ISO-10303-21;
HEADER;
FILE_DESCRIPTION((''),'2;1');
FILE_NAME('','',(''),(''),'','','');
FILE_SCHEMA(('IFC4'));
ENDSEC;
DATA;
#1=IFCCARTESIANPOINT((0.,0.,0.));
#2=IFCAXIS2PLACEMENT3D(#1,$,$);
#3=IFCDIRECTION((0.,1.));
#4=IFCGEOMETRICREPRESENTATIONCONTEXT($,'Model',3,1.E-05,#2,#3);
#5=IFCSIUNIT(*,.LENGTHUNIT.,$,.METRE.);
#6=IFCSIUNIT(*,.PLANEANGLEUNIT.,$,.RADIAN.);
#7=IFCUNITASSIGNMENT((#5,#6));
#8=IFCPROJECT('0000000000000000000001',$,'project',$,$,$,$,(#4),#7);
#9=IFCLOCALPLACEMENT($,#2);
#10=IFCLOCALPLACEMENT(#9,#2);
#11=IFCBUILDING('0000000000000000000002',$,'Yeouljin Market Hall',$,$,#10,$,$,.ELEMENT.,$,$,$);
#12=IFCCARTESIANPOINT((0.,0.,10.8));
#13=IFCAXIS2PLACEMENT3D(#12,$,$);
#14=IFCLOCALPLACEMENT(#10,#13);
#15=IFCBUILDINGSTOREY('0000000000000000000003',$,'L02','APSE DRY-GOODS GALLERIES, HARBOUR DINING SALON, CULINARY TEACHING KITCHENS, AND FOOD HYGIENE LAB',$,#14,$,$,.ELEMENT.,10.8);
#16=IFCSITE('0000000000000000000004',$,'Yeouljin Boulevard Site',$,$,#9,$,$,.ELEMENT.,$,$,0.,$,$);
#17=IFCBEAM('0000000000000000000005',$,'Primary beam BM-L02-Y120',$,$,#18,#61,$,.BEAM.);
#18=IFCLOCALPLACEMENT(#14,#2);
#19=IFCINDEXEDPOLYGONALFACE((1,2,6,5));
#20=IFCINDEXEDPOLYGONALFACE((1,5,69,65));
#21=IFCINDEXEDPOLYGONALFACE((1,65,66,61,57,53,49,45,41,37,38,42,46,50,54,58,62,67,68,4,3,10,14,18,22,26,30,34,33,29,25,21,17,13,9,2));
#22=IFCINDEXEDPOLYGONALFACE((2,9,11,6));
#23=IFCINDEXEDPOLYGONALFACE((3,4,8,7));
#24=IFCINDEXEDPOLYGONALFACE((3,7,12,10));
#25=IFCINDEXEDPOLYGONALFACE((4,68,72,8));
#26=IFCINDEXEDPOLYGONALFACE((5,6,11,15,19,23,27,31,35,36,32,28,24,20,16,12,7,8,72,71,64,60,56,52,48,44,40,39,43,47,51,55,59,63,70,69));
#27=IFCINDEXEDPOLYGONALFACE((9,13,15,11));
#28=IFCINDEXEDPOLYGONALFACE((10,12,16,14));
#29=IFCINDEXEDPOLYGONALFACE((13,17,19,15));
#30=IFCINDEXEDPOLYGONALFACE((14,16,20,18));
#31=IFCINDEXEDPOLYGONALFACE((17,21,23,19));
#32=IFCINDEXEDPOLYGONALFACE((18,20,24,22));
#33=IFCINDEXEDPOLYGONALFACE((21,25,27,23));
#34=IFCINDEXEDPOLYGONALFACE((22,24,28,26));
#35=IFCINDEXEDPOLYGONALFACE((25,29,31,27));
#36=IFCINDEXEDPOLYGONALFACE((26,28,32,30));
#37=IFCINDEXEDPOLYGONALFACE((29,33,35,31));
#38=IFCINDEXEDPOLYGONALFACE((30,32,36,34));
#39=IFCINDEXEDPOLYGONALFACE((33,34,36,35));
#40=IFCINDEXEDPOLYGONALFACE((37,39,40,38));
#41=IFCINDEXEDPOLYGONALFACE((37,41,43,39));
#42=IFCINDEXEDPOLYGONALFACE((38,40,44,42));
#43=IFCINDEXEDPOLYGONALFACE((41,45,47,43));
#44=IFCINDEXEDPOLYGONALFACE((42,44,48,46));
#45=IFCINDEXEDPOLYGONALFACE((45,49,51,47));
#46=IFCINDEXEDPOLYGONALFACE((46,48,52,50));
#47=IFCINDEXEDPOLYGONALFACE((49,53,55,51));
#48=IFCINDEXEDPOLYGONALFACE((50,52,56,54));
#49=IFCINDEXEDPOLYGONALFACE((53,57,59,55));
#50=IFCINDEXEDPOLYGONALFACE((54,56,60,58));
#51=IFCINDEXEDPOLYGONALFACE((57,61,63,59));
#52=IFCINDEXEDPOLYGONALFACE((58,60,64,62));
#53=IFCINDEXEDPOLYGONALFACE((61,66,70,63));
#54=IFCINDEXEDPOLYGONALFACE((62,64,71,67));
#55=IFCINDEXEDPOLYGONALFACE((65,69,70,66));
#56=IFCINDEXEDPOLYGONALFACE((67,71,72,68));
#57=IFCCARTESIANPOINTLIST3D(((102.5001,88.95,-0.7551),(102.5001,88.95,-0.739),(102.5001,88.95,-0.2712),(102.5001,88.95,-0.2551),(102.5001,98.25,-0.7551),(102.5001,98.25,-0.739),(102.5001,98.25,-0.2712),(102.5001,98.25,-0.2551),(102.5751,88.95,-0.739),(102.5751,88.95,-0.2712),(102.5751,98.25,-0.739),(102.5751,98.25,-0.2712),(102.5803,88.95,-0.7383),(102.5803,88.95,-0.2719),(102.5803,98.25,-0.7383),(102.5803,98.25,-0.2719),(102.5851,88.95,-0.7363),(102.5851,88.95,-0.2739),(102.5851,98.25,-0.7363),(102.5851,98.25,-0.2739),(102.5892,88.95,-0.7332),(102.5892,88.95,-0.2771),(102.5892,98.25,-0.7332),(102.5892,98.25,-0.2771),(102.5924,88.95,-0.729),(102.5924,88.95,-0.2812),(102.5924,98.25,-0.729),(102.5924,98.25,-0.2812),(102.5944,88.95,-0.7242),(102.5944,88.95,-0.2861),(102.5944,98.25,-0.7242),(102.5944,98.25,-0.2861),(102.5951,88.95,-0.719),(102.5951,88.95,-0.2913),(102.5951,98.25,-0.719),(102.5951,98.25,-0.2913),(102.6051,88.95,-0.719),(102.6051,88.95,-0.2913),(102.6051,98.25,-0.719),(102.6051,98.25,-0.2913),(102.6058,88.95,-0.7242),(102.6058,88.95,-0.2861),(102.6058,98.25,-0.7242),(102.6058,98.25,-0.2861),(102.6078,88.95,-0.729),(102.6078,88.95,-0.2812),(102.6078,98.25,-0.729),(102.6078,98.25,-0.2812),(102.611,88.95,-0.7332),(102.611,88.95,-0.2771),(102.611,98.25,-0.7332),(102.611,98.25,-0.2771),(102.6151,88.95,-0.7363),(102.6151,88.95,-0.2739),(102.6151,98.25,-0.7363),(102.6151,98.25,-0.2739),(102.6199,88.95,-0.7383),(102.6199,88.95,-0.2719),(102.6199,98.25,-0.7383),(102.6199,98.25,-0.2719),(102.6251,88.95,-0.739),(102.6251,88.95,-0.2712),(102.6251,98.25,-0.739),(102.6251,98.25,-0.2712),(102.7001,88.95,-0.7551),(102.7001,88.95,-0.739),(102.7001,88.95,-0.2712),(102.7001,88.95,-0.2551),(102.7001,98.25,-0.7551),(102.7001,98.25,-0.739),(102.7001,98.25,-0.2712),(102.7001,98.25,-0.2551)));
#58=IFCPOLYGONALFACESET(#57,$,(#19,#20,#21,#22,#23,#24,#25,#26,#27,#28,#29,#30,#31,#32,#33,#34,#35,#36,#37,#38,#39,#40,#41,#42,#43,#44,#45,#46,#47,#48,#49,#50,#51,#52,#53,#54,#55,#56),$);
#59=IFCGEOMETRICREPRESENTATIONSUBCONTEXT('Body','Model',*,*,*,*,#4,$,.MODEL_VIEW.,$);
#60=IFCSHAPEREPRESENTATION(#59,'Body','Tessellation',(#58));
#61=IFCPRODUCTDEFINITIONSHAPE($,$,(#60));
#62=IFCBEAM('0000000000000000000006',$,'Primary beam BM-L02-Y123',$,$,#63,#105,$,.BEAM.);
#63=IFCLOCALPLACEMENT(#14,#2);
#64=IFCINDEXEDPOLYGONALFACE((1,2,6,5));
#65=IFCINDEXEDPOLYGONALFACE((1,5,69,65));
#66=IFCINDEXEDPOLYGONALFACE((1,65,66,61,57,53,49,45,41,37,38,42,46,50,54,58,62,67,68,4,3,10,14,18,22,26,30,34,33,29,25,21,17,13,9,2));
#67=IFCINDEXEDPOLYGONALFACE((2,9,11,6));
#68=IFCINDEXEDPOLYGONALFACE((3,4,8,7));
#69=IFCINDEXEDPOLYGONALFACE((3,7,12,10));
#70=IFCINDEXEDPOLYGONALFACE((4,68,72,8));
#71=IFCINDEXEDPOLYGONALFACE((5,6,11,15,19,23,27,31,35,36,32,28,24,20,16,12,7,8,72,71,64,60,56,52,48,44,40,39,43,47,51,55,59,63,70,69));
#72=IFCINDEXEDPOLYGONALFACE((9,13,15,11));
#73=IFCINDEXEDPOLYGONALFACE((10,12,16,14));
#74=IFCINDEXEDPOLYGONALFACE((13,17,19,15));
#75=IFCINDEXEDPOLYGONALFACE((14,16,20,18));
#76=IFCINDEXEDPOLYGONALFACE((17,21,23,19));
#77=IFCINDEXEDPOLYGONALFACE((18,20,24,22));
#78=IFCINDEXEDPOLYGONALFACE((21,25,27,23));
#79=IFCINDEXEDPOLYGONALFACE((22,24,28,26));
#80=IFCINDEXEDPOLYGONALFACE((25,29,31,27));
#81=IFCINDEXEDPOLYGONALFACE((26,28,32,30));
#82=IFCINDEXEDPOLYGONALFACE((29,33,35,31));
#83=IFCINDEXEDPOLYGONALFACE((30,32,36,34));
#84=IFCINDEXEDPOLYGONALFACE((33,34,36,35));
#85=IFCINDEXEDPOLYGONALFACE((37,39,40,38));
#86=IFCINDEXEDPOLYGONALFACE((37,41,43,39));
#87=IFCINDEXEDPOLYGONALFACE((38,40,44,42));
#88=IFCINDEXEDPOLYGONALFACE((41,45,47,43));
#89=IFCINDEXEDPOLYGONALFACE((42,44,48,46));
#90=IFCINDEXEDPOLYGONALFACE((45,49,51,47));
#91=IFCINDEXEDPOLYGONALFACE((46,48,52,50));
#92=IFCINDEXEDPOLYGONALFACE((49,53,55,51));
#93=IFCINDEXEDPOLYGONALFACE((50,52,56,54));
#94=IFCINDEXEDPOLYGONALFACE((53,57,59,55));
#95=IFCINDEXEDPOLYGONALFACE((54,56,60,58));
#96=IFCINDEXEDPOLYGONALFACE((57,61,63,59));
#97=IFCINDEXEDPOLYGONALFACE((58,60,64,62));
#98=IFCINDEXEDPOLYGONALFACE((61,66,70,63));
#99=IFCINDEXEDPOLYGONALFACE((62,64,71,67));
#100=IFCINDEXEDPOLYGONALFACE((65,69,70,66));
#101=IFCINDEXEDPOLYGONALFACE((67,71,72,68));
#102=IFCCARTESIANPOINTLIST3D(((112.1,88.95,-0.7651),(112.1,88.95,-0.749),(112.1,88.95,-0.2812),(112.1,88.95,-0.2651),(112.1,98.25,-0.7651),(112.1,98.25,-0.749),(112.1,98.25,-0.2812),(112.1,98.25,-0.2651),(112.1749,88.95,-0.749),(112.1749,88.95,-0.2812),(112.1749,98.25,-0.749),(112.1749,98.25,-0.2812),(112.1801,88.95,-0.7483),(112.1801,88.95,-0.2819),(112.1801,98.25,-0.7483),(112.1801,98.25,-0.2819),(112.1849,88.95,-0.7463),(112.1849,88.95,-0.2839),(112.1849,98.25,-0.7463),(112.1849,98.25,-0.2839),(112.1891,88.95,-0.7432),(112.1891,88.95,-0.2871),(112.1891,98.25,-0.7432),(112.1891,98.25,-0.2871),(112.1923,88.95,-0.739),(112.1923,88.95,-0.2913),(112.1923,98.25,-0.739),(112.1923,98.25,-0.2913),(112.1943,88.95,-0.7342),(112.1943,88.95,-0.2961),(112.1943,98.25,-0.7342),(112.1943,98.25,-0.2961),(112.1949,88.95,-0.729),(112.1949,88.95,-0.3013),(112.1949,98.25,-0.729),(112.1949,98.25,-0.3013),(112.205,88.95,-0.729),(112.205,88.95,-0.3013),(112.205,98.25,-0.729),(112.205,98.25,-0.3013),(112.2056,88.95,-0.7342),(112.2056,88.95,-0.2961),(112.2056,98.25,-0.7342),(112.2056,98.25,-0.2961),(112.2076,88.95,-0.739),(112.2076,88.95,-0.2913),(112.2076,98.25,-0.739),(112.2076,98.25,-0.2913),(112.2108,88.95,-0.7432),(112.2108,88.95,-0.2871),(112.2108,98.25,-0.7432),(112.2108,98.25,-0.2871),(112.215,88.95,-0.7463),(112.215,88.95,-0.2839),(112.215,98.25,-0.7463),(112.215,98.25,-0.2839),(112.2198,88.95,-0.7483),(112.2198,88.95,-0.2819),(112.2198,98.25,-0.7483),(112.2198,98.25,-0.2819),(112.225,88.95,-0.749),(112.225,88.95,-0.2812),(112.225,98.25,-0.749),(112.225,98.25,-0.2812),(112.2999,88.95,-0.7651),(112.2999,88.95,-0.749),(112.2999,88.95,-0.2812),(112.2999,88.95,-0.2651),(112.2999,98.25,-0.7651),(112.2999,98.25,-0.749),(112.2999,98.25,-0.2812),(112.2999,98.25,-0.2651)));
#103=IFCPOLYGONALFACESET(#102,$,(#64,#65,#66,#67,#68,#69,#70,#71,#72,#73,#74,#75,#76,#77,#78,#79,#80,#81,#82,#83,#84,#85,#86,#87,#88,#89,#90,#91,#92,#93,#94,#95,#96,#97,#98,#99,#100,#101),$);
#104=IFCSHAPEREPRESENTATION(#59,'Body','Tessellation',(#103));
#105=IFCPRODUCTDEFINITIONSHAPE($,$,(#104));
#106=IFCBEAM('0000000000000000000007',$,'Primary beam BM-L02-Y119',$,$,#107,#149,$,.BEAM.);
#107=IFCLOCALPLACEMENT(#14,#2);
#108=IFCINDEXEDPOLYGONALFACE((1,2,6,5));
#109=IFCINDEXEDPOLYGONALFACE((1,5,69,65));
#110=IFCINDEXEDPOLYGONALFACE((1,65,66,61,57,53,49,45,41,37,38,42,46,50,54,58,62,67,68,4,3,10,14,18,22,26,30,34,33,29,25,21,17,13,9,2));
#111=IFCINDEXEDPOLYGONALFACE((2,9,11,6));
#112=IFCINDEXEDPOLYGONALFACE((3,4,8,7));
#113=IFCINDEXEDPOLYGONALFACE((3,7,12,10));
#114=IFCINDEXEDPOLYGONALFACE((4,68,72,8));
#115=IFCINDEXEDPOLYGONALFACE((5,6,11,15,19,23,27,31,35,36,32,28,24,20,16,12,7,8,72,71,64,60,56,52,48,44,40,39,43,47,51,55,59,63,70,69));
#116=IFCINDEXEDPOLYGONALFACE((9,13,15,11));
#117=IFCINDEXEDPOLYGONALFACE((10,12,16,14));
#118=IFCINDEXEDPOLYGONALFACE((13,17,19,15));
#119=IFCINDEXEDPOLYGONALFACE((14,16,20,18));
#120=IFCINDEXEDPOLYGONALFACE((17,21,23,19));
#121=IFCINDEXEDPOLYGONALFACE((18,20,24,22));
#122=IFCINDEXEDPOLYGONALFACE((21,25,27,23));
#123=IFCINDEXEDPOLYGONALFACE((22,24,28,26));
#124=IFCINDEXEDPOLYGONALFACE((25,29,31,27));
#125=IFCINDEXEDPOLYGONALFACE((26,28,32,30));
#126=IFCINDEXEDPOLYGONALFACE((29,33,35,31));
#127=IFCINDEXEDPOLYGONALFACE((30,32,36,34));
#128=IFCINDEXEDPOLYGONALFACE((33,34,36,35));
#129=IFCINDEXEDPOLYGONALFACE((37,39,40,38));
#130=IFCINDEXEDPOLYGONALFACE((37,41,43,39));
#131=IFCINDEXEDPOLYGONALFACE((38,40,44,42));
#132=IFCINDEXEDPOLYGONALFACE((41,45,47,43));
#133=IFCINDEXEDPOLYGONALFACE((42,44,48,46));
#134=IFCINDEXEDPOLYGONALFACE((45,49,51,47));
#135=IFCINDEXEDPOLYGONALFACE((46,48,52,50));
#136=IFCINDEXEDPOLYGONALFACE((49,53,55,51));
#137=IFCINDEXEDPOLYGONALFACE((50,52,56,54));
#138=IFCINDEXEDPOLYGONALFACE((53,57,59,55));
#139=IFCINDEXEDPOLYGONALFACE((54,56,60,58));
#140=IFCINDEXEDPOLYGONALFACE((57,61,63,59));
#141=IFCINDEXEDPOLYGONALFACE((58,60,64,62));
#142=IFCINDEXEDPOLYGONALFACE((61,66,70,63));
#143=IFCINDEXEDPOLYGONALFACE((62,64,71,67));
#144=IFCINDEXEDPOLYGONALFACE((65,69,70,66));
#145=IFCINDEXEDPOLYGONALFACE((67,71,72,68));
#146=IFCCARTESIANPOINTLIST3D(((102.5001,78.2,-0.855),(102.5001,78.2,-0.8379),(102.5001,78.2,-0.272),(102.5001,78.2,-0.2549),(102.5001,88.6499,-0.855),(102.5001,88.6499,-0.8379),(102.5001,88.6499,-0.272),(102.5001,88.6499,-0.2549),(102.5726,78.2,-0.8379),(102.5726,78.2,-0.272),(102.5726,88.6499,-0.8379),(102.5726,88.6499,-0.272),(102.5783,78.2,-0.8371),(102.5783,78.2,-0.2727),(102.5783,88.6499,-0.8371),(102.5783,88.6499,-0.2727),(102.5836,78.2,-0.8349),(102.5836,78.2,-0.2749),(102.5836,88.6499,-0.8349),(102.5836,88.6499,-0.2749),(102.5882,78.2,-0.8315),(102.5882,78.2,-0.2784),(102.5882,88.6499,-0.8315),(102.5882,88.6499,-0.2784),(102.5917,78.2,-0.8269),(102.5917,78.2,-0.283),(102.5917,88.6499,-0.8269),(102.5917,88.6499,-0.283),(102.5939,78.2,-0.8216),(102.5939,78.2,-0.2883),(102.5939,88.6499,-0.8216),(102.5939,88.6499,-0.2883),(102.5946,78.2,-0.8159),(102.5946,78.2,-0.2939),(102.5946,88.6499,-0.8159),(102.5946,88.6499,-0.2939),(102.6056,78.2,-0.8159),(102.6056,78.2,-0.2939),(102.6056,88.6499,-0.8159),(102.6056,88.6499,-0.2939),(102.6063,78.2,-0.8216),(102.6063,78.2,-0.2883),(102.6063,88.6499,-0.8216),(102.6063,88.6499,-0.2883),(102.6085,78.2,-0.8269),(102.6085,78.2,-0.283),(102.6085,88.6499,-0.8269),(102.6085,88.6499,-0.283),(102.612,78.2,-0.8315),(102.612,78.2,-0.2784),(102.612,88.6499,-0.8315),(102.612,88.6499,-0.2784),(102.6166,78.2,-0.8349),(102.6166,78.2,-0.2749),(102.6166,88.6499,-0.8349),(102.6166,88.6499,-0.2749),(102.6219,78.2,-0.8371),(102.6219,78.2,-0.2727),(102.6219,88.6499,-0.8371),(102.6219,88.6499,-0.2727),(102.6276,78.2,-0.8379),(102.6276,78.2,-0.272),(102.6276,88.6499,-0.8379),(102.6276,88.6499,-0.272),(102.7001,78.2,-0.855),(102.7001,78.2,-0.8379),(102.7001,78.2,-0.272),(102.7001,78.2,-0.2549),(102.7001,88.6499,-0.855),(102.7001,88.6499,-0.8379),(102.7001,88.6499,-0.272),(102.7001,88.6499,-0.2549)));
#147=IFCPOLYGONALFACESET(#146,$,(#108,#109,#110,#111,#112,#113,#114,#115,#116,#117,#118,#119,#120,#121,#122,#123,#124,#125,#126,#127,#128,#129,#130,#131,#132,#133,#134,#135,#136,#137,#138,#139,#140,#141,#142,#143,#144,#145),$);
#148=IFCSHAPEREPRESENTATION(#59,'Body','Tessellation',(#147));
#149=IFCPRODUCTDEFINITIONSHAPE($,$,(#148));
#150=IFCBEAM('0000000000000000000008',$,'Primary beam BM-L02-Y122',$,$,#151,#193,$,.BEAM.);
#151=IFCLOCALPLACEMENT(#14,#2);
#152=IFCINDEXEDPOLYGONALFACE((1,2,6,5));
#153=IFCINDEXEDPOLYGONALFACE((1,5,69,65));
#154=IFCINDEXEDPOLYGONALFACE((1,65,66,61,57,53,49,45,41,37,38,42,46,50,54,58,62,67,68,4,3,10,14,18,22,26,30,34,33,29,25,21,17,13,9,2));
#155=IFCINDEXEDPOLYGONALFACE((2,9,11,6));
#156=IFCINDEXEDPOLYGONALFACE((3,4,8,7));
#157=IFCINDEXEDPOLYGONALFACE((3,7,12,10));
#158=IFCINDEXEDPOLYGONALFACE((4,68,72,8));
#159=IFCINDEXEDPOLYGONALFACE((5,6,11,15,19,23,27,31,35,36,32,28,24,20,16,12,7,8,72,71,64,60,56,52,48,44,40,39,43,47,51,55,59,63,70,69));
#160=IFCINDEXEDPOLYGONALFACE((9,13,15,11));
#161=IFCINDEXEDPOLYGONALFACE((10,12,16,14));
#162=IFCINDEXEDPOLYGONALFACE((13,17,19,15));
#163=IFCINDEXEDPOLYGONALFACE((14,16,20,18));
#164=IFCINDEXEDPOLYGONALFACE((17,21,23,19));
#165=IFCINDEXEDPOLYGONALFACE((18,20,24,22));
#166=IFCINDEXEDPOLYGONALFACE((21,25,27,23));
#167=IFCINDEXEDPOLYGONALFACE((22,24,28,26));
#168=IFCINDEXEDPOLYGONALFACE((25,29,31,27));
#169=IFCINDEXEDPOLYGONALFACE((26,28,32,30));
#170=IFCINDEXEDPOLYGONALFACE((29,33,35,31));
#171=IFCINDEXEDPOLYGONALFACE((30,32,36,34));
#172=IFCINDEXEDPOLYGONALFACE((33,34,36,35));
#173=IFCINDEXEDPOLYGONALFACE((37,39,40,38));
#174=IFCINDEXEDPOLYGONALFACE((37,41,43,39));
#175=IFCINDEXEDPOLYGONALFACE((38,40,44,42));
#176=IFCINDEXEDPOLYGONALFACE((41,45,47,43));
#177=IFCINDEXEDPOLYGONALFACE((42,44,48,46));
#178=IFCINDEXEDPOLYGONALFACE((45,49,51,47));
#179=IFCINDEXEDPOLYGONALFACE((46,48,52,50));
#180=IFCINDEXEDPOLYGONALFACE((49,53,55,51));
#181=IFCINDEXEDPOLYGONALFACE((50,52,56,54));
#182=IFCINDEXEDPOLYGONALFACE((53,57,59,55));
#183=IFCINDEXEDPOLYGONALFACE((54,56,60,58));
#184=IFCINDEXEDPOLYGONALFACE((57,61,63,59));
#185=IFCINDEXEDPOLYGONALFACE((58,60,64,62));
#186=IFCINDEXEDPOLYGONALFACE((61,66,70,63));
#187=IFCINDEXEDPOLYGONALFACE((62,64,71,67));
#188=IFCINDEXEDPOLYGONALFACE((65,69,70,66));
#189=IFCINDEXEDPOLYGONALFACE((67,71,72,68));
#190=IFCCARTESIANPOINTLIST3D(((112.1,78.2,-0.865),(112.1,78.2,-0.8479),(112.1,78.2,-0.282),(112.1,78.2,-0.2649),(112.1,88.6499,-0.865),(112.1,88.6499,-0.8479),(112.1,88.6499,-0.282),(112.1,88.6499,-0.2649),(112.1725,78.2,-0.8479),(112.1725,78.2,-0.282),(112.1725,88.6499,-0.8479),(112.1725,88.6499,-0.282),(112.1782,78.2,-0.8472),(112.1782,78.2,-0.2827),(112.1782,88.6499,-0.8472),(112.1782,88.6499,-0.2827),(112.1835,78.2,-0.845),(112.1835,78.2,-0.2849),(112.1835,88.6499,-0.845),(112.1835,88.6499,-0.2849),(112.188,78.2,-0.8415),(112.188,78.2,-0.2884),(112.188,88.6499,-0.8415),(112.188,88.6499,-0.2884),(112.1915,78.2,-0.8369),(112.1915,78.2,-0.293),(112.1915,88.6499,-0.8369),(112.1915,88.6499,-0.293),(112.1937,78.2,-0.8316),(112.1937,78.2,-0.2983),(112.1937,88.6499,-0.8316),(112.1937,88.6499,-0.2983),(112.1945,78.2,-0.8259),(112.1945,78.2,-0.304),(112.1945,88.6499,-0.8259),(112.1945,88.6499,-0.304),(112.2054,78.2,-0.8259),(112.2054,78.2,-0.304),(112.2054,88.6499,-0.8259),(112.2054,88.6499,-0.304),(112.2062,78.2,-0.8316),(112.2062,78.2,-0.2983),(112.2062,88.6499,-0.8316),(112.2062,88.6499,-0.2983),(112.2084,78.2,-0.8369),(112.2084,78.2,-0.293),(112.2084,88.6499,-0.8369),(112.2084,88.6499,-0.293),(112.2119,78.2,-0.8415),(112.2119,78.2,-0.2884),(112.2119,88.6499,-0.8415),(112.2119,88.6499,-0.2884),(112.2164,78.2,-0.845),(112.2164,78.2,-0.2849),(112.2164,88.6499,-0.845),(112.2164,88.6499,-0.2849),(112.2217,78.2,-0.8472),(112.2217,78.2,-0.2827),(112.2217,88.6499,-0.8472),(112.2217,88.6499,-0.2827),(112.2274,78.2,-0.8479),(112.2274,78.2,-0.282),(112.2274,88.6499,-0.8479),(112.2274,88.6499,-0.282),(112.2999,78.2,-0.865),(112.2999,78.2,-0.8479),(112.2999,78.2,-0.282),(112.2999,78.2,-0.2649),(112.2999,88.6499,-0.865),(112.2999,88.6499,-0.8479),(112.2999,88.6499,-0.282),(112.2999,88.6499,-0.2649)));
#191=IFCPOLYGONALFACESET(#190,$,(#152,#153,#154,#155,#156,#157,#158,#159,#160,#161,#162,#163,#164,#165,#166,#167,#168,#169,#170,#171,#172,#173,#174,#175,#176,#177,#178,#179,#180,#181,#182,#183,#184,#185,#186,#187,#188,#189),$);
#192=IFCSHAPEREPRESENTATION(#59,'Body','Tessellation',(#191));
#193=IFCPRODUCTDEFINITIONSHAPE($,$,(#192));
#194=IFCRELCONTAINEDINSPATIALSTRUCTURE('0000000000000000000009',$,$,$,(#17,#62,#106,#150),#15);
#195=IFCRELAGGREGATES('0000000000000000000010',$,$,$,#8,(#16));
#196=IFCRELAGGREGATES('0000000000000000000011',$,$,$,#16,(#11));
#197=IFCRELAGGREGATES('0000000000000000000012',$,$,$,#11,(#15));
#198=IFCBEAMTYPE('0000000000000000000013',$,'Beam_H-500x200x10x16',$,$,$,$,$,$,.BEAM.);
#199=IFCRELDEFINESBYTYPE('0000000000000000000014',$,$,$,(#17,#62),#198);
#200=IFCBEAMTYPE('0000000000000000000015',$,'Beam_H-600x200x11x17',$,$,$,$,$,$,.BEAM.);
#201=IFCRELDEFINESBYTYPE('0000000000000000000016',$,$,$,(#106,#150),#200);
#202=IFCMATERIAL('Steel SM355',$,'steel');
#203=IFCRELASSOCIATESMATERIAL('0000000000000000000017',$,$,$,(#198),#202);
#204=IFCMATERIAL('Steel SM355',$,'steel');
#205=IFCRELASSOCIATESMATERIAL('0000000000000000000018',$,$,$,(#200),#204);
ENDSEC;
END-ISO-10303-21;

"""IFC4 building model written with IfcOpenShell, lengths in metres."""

from ifc_helpers import new_model, si_unit, direction, frame, origin, origin_2d, place, context, subcontext, project, spatial, i_section, extrude, material, material_profile, profile_set, type_object, element, save


model = new_model("IFC4")

# Units and contexts
model_context = context("Model", 3, precision=1e-05, world=origin(), true_north=direction((0.0, 1.0)))
body_context = subcontext(model_context, "Body", "Model", "MODEL_VIEW")
ifc_project = project(units=[si_unit("LENGTHUNIT", "METRE"), si_unit("PLANEANGLEUNIT", "RADIAN")], contexts=[model_context])

# Site, building, storey
site_placement = place(None, origin())
site = spatial("IfcSite", under=ifc_project, at=site_placement, Name="Yeouljin Boulevard Site", CompositionType="ELEMENT", RefElevation=0.0)
building_placement = place(site_placement, origin())
building = spatial("IfcBuilding", under=site, at=building_placement, Name="Yeouljin Market Hall", CompositionType="ELEMENT")
storey_placement = place(building_placement, frame((0.0, 0.0, 10.8)))
storey = spatial("IfcBuildingStorey", under=building, at=storey_placement, Name="L02", Description="APSE DRY-GOODS GALLERIES, HARBOUR DINING SALON, CULINARY TEACHING KITCHENS, AND FOOD HYGIENE LAB", CompositionType="ELEMENT", Elevation=10.8)

# Beams
ifc_material_1 = material(Name="Steel SM355", Category="steel")
ifc_material_profile_1 = material_profile(ifc_material_1, i_section(OverallWidth=0.2, OverallDepth=0.5, WebThickness=0.01, FlangeThickness=0.0161, FilletRadius=0.02, at=origin_2d()), Name="H-500x200x10x16")
ifc_profile_set_1 = profile_set([ifc_material_profile_1], Name="Steel SM355")
beam_type_1 = type_object("IfcBeamType", Name="Beam_H-500x200x10x16", PredefinedType="BEAM", material=ifc_profile_set_1)
for number, where, z_axis, x_axis, name in (
    (1, (102.6001, 88.95, -0.5051), (0.0, 1.0, 0.0), (-1.0, 0.0, 0.0), "Primary beam BM-L02-Y120"),
    (2, (112.2, 88.95, -0.5151), (0.0, 1.0, 0.0), (-1.0, 0.0, 0.0), "Primary beam BM-L02-Y123"),
):
    element("IfcBeam", number, at=place(storey_placement, frame(where, z_axis=z_axis, x_axis=x_axis)), inside=storey, type_object=beam_type_1, Name=name, PredefinedType="BEAM", context=body_context, shape_type="SweptSolid", body=[
        extrude(i_section(OverallWidth=0.2, OverallDepth=0.5, WebThickness=0.01, FlangeThickness=0.0161, FilletRadius=0.02, at=origin_2d()), origin(), (0.0, 0.0, 1.0), 9.3),
    ])
ifc_material_2 = material(Name="Steel SM355", Category="steel")
ifc_material_profile_2 = material_profile(ifc_material_2, i_section(OverallWidth=0.2, OverallDepth=0.6001, WebThickness=0.011, FlangeThickness=0.0171, FilletRadius=0.022, at=origin_2d()), Name="H-600x200x11x17")
ifc_profile_set_2 = profile_set([ifc_material_profile_2], Name="Steel SM355")
beam_type_2 = type_object("IfcBeamType", Name="Beam_H-600x200x11x17", PredefinedType="BEAM", material=ifc_profile_set_2)
for number, where, z_axis, x_axis, name in (
    (3, (102.6001, 78.2, -0.5549), (0.0, 1.0, 0.0), (-1.0, 0.0, 0.0), "Primary beam BM-L02-Y119"),
    (4, (112.2, 78.2, -0.5649), (0.0, 1.0, 0.0), (-1.0, 0.0, 0.0), "Primary beam BM-L02-Y122"),
):
    element("IfcBeam", number, at=place(storey_placement, frame(where, z_axis=z_axis, x_axis=x_axis)), inside=storey, type_object=beam_type_2, Name=name, PredefinedType="BEAM", context=body_context, shape_type="SweptSolid", body=[
        extrude(i_section(OverallWidth=0.2, OverallDepth=0.6001, WebThickness=0.011, FlangeThickness=0.0171, FilletRadius=0.022, at=origin_2d()), origin(), (0.0, 0.0, 1.0), 10.45),
    ])

save(model, "model.ifc")
